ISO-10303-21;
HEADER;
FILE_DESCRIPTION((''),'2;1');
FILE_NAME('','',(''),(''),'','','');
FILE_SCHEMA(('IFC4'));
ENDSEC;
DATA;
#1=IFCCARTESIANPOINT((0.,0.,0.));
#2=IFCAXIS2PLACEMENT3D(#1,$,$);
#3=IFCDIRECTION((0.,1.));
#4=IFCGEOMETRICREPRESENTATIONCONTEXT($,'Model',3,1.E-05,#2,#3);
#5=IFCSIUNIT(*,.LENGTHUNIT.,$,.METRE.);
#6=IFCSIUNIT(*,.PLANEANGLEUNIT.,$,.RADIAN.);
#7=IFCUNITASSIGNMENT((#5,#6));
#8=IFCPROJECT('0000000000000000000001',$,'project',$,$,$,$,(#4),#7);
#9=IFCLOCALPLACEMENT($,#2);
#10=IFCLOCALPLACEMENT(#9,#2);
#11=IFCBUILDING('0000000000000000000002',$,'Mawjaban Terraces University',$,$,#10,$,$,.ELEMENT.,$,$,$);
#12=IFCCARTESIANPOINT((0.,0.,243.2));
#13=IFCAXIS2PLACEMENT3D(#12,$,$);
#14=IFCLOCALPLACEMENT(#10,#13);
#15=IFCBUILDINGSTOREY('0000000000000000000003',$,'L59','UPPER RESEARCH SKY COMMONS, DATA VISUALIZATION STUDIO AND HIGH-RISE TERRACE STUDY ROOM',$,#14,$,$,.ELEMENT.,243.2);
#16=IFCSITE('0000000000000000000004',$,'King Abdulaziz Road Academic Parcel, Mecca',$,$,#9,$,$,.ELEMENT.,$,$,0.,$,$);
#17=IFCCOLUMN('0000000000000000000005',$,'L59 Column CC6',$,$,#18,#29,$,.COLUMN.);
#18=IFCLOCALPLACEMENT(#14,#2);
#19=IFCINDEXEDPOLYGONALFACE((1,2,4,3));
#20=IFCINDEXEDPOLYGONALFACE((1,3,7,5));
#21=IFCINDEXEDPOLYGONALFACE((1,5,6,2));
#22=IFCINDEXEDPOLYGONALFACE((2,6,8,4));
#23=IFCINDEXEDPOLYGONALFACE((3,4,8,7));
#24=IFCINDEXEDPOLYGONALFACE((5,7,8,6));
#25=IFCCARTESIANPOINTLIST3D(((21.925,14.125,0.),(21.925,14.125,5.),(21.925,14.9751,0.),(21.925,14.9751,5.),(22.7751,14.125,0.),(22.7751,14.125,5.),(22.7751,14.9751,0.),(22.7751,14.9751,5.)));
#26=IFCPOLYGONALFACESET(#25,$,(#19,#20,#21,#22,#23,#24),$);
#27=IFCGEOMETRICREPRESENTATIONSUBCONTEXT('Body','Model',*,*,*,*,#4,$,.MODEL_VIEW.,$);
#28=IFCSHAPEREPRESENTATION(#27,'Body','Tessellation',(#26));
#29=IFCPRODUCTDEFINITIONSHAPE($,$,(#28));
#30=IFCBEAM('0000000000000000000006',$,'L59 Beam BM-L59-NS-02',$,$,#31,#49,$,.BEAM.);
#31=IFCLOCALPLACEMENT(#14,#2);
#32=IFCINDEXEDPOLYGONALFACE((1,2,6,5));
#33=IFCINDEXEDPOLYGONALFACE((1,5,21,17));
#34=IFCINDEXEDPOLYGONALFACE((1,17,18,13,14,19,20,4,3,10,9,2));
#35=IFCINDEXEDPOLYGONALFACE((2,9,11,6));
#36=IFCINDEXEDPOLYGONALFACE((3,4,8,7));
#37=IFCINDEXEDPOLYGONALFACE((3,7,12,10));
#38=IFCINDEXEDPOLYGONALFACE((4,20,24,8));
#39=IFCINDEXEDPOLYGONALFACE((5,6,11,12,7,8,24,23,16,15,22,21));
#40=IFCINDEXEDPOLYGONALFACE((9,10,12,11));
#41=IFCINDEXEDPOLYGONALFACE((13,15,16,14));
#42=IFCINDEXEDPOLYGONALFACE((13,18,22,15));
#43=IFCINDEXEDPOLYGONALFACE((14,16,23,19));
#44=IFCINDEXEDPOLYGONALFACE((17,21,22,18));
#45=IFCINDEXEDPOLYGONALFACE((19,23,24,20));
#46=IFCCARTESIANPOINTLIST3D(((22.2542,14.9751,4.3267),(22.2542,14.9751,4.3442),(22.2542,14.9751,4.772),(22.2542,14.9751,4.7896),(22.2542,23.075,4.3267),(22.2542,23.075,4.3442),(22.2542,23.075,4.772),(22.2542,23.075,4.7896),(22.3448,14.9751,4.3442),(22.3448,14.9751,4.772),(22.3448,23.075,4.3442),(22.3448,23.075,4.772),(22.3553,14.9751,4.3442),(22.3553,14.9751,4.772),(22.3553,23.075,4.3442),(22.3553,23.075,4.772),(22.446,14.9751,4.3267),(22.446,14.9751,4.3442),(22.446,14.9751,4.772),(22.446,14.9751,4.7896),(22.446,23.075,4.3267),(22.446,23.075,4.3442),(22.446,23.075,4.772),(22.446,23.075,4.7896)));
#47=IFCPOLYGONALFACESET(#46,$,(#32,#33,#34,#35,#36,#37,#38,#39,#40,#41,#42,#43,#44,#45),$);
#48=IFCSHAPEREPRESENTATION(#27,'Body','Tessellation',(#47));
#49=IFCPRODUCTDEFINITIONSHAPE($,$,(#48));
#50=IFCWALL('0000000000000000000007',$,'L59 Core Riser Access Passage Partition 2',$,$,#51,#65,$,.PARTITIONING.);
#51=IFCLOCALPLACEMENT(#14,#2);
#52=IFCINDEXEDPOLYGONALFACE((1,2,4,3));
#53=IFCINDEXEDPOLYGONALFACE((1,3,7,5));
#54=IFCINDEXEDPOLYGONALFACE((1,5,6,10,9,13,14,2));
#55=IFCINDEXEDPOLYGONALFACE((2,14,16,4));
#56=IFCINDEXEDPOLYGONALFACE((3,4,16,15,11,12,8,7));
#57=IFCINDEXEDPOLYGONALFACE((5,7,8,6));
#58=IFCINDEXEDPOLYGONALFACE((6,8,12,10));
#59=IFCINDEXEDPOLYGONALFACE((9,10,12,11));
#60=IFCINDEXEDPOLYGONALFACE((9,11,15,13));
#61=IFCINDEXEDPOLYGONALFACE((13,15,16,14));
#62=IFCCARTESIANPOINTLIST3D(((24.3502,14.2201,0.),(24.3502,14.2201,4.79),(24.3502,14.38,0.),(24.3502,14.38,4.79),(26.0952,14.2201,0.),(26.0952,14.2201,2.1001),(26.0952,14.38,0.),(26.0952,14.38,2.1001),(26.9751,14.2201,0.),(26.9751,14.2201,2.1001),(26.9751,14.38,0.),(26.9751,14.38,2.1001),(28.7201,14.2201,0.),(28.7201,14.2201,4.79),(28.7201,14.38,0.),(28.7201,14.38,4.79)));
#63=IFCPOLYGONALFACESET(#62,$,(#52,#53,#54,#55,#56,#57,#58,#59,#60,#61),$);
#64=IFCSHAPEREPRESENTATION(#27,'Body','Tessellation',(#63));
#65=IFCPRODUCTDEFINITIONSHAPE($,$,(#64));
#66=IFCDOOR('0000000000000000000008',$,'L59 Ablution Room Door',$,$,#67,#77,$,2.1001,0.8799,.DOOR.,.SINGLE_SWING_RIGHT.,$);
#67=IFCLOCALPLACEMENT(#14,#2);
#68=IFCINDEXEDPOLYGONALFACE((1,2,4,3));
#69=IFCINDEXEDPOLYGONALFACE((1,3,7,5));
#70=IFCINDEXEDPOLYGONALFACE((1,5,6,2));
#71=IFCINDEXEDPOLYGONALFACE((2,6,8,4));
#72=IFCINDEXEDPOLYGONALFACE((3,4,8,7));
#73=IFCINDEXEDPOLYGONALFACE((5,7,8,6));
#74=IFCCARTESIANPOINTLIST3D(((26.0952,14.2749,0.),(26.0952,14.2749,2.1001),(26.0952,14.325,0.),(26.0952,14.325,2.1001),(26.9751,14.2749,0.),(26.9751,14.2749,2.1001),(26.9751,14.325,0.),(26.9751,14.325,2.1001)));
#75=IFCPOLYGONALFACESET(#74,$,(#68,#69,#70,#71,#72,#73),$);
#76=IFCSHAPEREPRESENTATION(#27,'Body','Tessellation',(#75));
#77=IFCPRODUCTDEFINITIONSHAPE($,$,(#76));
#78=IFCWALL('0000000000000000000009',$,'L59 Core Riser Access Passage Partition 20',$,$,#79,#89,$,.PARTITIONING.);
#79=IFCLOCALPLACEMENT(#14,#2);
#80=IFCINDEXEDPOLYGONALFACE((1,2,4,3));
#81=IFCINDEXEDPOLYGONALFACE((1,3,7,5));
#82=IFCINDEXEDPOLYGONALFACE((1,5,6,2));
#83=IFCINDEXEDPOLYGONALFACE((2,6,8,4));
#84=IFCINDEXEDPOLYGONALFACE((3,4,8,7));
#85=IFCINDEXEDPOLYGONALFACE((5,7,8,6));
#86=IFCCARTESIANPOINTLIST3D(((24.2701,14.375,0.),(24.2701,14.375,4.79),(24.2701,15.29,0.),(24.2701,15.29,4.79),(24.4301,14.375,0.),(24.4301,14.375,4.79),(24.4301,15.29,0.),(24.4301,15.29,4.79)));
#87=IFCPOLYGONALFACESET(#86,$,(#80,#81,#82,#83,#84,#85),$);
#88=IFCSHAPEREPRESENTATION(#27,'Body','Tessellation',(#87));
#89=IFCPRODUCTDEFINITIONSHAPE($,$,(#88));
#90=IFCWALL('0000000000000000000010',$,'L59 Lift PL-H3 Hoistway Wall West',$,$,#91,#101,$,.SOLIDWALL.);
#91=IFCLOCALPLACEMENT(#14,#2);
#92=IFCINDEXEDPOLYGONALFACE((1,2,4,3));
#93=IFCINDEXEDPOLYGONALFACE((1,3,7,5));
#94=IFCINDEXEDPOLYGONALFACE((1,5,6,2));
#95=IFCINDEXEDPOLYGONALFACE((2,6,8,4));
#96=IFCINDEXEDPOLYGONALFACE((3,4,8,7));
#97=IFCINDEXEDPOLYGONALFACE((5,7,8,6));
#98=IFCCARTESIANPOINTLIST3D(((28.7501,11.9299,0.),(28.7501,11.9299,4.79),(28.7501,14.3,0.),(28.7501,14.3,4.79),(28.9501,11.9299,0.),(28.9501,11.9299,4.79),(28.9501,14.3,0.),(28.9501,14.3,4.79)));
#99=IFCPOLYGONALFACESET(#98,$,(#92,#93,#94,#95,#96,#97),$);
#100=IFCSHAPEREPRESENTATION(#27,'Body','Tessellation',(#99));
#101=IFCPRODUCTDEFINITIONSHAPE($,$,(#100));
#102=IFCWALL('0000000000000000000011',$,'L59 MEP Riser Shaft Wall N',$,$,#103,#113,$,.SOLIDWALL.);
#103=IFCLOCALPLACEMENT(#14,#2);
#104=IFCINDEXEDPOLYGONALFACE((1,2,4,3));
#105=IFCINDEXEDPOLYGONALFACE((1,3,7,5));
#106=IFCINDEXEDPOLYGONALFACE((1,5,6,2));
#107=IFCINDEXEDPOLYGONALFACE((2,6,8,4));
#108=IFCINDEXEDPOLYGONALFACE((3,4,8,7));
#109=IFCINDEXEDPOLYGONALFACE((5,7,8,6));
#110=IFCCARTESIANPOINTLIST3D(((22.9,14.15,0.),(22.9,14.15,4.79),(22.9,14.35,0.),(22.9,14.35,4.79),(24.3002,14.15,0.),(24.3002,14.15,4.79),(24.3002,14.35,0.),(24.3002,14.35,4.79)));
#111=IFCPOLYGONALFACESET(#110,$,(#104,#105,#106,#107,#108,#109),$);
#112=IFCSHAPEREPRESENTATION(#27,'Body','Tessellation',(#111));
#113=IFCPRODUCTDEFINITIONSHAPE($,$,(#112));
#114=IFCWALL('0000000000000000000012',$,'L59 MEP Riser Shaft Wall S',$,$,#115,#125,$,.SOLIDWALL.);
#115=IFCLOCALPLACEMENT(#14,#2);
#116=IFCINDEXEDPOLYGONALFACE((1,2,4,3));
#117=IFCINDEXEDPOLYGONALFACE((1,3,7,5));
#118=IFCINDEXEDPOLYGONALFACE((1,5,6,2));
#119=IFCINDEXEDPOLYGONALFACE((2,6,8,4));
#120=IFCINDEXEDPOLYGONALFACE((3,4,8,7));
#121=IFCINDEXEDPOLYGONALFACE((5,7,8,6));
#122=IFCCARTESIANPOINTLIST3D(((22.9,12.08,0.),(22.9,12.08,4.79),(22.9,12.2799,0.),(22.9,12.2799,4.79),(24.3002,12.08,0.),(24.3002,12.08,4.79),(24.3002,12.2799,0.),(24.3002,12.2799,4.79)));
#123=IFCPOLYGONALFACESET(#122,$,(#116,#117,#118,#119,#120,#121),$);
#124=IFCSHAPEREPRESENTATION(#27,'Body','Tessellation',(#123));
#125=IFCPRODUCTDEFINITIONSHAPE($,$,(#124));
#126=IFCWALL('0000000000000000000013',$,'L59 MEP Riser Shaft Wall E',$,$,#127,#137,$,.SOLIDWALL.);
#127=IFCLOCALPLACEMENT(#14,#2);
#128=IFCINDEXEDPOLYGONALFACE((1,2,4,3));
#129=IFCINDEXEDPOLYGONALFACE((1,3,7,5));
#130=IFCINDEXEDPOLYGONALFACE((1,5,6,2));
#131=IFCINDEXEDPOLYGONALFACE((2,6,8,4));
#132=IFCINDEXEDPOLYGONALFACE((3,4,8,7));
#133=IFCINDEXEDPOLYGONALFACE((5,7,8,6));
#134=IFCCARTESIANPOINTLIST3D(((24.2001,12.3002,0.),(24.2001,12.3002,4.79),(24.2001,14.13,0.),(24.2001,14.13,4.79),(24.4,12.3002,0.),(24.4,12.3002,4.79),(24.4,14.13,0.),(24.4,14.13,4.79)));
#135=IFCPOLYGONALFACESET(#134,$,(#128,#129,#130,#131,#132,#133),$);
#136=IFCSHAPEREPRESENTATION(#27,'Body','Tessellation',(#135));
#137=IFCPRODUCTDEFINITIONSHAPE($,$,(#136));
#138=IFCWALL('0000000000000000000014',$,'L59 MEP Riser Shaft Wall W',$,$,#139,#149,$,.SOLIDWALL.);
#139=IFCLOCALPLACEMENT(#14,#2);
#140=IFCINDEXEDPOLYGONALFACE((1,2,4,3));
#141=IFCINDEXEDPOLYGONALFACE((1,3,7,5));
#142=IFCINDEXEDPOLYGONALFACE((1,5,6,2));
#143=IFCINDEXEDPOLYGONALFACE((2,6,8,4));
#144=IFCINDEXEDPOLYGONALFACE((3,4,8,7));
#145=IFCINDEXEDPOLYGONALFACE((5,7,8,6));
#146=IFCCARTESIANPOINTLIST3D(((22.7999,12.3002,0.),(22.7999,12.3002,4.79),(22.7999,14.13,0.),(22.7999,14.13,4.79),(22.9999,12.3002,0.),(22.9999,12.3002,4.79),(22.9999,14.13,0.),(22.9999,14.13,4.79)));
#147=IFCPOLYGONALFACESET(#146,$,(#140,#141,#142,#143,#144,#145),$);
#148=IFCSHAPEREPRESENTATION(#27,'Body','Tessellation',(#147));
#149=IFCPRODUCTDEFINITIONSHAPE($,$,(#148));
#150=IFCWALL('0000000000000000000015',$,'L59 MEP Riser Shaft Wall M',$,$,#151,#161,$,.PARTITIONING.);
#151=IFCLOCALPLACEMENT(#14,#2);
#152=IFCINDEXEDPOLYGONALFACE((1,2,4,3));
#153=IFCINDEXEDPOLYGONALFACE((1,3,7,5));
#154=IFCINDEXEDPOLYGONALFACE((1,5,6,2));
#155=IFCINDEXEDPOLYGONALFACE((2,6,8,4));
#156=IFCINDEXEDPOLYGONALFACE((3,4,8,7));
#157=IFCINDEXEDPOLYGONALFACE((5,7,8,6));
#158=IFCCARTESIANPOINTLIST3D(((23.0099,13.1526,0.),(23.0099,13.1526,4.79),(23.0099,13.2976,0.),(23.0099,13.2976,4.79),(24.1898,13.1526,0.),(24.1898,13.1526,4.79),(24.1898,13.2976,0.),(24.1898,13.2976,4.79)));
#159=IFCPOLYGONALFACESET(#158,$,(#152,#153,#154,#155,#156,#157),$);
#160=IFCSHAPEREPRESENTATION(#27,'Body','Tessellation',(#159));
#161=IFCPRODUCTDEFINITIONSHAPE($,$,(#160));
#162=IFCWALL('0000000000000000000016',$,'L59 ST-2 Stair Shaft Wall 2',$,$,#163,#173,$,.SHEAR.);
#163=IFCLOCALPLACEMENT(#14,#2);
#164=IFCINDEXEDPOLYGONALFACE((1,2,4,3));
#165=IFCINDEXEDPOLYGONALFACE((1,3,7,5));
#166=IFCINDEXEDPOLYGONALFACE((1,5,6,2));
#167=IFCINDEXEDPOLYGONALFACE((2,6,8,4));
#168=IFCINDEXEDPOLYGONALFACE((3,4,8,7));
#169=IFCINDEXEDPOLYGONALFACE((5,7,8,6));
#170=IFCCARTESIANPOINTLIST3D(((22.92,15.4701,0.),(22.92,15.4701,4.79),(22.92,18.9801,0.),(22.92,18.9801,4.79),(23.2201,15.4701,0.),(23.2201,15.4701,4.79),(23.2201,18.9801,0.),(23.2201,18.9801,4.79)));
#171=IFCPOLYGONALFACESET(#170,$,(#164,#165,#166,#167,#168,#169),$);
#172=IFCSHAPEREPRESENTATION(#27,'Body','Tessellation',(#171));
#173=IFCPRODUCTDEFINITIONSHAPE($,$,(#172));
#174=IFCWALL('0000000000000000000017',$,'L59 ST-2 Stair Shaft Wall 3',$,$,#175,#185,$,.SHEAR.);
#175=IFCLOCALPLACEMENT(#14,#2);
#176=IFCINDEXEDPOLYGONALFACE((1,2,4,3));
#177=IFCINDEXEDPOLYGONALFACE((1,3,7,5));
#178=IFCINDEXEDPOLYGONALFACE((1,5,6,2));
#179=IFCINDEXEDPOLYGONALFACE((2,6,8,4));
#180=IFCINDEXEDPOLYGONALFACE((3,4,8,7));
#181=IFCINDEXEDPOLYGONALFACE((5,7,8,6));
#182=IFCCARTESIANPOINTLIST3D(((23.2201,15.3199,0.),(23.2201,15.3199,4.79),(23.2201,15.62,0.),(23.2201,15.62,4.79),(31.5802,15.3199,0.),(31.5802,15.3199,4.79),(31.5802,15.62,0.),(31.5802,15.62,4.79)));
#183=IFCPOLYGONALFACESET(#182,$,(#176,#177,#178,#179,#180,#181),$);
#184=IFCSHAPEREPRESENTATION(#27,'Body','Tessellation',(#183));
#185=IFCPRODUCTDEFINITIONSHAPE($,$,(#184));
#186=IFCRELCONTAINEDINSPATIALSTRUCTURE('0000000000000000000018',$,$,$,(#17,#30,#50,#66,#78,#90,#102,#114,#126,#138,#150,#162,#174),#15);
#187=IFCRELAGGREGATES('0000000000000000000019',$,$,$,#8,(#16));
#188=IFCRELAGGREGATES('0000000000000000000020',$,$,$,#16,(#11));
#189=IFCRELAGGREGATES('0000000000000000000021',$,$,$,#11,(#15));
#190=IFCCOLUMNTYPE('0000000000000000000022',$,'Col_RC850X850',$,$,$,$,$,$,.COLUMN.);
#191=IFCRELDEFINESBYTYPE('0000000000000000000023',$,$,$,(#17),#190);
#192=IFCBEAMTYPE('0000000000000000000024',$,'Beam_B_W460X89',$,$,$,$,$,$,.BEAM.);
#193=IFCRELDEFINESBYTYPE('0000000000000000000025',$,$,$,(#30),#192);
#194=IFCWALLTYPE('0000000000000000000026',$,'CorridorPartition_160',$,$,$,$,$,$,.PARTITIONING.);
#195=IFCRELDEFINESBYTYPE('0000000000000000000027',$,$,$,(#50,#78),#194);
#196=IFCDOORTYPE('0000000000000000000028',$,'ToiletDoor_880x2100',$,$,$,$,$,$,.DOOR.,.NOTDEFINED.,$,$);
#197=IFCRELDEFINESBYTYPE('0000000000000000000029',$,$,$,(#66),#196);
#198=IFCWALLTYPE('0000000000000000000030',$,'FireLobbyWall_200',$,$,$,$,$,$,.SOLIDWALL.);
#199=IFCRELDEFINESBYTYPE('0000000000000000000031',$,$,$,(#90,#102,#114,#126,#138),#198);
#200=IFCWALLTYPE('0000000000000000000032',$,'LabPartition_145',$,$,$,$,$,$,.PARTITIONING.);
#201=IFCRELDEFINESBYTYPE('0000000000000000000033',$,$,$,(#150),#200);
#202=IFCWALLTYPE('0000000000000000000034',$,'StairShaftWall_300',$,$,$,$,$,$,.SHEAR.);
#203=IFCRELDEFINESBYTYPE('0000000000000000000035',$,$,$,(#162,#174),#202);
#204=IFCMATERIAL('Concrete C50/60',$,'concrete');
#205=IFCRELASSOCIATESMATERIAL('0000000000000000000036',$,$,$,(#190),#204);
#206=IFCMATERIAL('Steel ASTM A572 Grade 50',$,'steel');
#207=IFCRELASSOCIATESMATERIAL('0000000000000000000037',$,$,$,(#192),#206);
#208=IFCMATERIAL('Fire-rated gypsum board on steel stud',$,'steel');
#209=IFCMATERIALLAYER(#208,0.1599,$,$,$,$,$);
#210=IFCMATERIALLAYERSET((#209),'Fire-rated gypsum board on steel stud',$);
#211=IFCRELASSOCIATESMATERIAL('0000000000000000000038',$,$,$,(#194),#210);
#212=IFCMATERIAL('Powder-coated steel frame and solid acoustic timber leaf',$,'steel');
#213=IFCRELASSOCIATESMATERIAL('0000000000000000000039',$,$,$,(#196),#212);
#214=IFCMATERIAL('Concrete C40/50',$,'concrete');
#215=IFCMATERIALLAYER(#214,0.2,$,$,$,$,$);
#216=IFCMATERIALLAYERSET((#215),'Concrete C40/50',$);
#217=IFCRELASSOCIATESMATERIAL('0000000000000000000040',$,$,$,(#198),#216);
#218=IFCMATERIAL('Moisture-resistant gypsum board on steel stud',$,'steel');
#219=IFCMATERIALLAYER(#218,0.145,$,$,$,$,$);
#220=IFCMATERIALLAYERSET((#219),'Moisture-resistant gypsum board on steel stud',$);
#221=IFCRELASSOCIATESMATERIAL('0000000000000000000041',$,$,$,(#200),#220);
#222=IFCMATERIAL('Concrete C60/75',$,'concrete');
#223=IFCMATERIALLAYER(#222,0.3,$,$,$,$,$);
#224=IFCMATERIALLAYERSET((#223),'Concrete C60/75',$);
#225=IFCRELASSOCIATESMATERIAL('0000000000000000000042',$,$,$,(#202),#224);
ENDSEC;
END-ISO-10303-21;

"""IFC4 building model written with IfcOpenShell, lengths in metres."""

from ifc_helpers import new_model, si_unit, direction, frame, frame_2d, origin, origin_2d, place, context, subcontext, project, spatial, rectangle, i_section, extrude, material, layer, layer_set, material_profile, profile_set, type_object, element, fill, save


model = new_model("IFC4")

# Units and contexts
model_context = context("Model", 3, precision=1e-05, world=origin(), true_north=direction((0.0, 1.0)))
body_context = subcontext(model_context, "Body", "Model", "MODEL_VIEW")
ifc_project = project(units=[si_unit("LENGTHUNIT", "METRE"), si_unit("PLANEANGLEUNIT", "RADIAN")], contexts=[model_context])

# Site, building, storey
site_placement = place(None, origin())
site = spatial("IfcSite", under=ifc_project, at=site_placement, Name="King Abdulaziz Road Academic Parcel, Mecca", CompositionType="ELEMENT", RefElevation=0.0)
building_placement = place(site_placement, origin())
building = spatial("IfcBuilding", under=site, at=building_placement, Name="Mawjaban Terraces University", CompositionType="ELEMENT")
storey_placement = place(building_placement, frame((0.0, 0.0, 243.2)))
storey = spatial("IfcBuildingStorey", under=building, at=storey_placement, Name="L59", Description="UPPER RESEARCH SKY COMMONS, DATA VISUALIZATION STUDIO AND HIGH-RISE TERRACE STUDY ROOM", CompositionType="ELEMENT", Elevation=243.2)

# Column
ifc_material_1 = material(Name="Concrete C50/60", Category="concrete")
ifc_material_profile_1 = material_profile(ifc_material_1, rectangle(XDim=0.8501, YDim=0.8501, at=origin_2d()), Name="RC850X850")
ifc_profile_set_1 = profile_set([ifc_material_profile_1], Name="Concrete C50/60")
column_type = type_object("IfcColumnType", Name="Col_RC850X850", PredefinedType="COLUMN", material=ifc_profile_set_1)
column_placement = place(storey_placement, frame((22.3501, 14.55, 0.0), z_axis=(0.0, 0.0, 1.0), x_axis=(1.0, 0.0, 0.0)))
element("IfcColumn", 1, at=column_placement, inside=storey, type_object=column_type, Name="L59 Column CC6", PredefinedType="COLUMN", context=body_context, shape_type="SweptSolid", body=[
    extrude(rectangle(XDim=0.8501, YDim=0.8501, at=origin_2d()), origin(), (0.0, 0.0, 1.0), 5.0),
])

# Beam
ifc_material_2 = material(Name="Steel ASTM A572 Grade 50", Category="steel")
ifc_material_profile_2 = material_profile(ifc_material_2, i_section(OverallWidth=0.1919, OverallDepth=0.4629, WebThickness=0.0105, FlangeThickness=0.0176, at=origin_2d()), Name="W460X89")
ifc_profile_set_2 = profile_set([ifc_material_profile_2], Name="Steel ASTM A572 Grade 50")
beam_type = type_object("IfcBeamType", Name="Beam_B_W460X89", PredefinedType="BEAM", material=ifc_profile_set_2)
beam_placement = place(storey_placement, frame((22.3501, 14.9751, 4.5581), z_axis=(0.0, 1.0, 0.0), x_axis=(-1.0, 0.0, 0.0)))
element("IfcBeam", 2, at=beam_placement, inside=storey, type_object=beam_type, Name="L59 Beam BM-L59-NS-02", PredefinedType="BEAM", context=body_context, shape_type="SweptSolid", body=[
    extrude(i_section(OverallWidth=0.1919, OverallDepth=0.4629, WebThickness=0.0105, FlangeThickness=0.0176, at=origin_2d()), origin(), (0.0, 0.0, 1.0), 8.0999),
])

# Wall, opening, door
ifc_material_3 = material(Name="Fire-rated gypsum board on steel stud", Category="steel")
ifc_layer_1 = layer(ifc_material_3, 0.1599)
ifc_layer_set_1 = layer_set([ifc_layer_1], Name="Fire-rated gypsum board on steel stud")
wall_type_1 = type_object("IfcWallType", Name="CorridorPartition_160", PredefinedType="PARTITIONING", material=ifc_layer_set_1)
wall_1_placement = place(storey_placement, frame((24.3501, 14.3, 0.0), z_axis=(0.0, 0.0, 1.0), x_axis=(1.0, 0.0, 0.0)))
wall_1 = element("IfcWall", 3, at=wall_1_placement, inside=storey, type_object=wall_type_1, Name="L59 Core Riser Access Passage Partition 2", PredefinedType="PARTITIONING", context=body_context, shape_type="SweptSolid", body=[
    extrude(rectangle(XDim=4.3699, YDim=0.1599, at=frame_2d((2.1851, 0.0))), origin(), (0.0, 0.0, 1.0), 4.79),
])
opening_placement = place(wall_1_placement, frame((1.7451, 0.0, 0.0)))
opening = element("IfcOpeningElement", 4, at=opening_placement, cuts=wall_1, PredefinedType="OPENING", context=body_context, shape_type="SweptSolid", body=[
    extrude(rectangle(XDim=0.8799, YDim=2.1001, at=frame_2d((0.4399, 1.05))), frame((0.0, 0.0898, 0.0), z_axis=(0.0, -1.0, 0.0), x_axis=(1.0, 0.0, 0.0)), (0.0, 0.0, 1.0), 0.1799),
])
ifc_material_4 = material(Name="Powder-coated steel frame and solid acoustic timber leaf", Category="steel")
door_type = type_object("IfcDoorType", Name="ToiletDoor_880x2100", OperationType="NOTDEFINED", PredefinedType="DOOR", material=ifc_material_4)
door_placement = place(opening_placement, origin())
door = element("IfcDoor", 5, at=door_placement, inside=storey, type_object=door_type, Name="L59 Ablution Room Door", OperationType="SINGLE_SWING_RIGHT", OverallHeight=2.1001, OverallWidth=0.8799, PredefinedType="DOOR", context=body_context, shape_type="SweptSolid", body=[
    extrude(rectangle(XDim=0.8799, YDim=2.1001, at=frame_2d((0.4399, 1.05))), frame((0.0, 0.0249, 0.0), z_axis=(0.0, -1.0, 0.0), x_axis=(1.0, 0.0, 0.0)), (0.0, 0.0, 1.0), 0.05),
])
fill(opening, door)

# Walls
wall_2_placement = place(storey_placement, frame((24.3501, 15.29, 0.0), z_axis=(0.0, 0.0, 1.0), x_axis=(0.0, -1.0, 0.0)))
element("IfcWall", 6, at=wall_2_placement, inside=storey, type_object=wall_type_1, Name="L59 Core Riser Access Passage Partition 20", PredefinedType="PARTITIONING", context=body_context, shape_type="SweptSolid", body=[
    extrude(rectangle(XDim=0.915, YDim=0.1599, at=frame_2d((0.4575, 0.0))), origin(), (0.0, 0.0, 1.0), 4.79),
])
ifc_material_5 = material(Name="Concrete C40/50", Category="concrete")
ifc_layer_2 = layer(ifc_material_5, 0.2)
ifc_layer_set_2 = layer_set([ifc_layer_2], Name="Concrete C40/50")
wall_type_2 = type_object("IfcWallType", Name="FireLobbyWall_200", PredefinedType="SOLIDWALL", material=ifc_layer_set_2)
wall_3_placement = place(storey_placement, frame((28.8501, 14.3, 0.0), z_axis=(0.0, 0.0, 1.0), x_axis=(0.0, -1.0, 0.0)))
element("IfcWall", 7, at=wall_3_placement, inside=storey, type_object=wall_type_2, Name="L59 Lift PL-H3 Hoistway Wall West", PredefinedType="SOLIDWALL", context=body_context, shape_type="SweptSolid", body=[
    extrude(rectangle(XDim=2.3701, YDim=0.2, at=frame_2d((1.1851, 0.0))), origin(), (0.0, 0.0, 1.0), 4.79),
])
for number, where, z_axis, x_axis, name in (
    (8, (22.8999, 14.25, 0.0), (0.0, 0.0, 1.0), (1.0, 0.0, 0.0), "L59 MEP Riser Shaft Wall N"),
    (9, (22.8999, 12.1799, 0.0), (0.0, 0.0, 1.0), (1.0, 0.0, 0.0), "L59 MEP Riser Shaft Wall S"),
):
    element("IfcWall", number, at=place(storey_placement, frame(where, z_axis=z_axis, x_axis=x_axis)), inside=storey, type_object=wall_type_2, Name=name, PredefinedType="SOLIDWALL", context=body_context, shape_type="SweptSolid", body=[
        extrude(rectangle(XDim=1.4001, YDim=0.2, at=frame_2d((0.7002, 0.0))), origin(), (0.0, 0.0, 1.0), 4.79),
    ])
for number, where, z_axis, x_axis, name in (
    (10, (24.3, 12.3, 0.0), (0.0, 0.0, 1.0), (0.0, 1.0, 0.0), "L59 MEP Riser Shaft Wall E"),
    (11, (22.8999, 12.3, 0.0), (0.0, 0.0, 1.0), (0.0, 1.0, 0.0), "L59 MEP Riser Shaft Wall W"),
):
    element("IfcWall", number, at=place(storey_placement, frame(where, z_axis=z_axis, x_axis=x_axis)), inside=storey, type_object=wall_type_2, Name=name, PredefinedType="SOLIDWALL", context=body_context, shape_type="SweptSolid", body=[
        extrude(rectangle(XDim=1.8298, YDim=0.2, at=frame_2d((0.915, 0.0))), origin(), (0.0, 0.0, 1.0), 4.79),
    ])
ifc_material_6 = material(Name="Moisture-resistant gypsum board on steel stud", Category="steel")
ifc_layer_3 = layer(ifc_material_6, 0.145)
ifc_layer_set_3 = layer_set([ifc_layer_3], Name="Moisture-resistant gypsum board on steel stud")
wall_type_3 = type_object("IfcWallType", Name="LabPartition_145", PredefinedType="PARTITIONING", material=ifc_layer_set_3)
wall_4_placement = place(storey_placement, frame((23.01, 13.2251, 0.0), z_axis=(0.0, 0.0, 1.0), x_axis=(1.0, 0.0, 0.0)))
element("IfcWall", 12, at=wall_4_placement, inside=storey, type_object=wall_type_3, Name="L59 MEP Riser Shaft Wall M", PredefinedType="PARTITIONING", context=body_context, shape_type="SweptSolid", body=[
    extrude(rectangle(XDim=1.1799, YDim=0.145, at=frame_2d((0.5898, 0.0))), origin(), (0.0, 0.0, 1.0), 4.79),
])
ifc_material_7 = material(Name="Concrete C60/75", Category="concrete")
ifc_layer_4 = layer(ifc_material_7, 0.3)
ifc_layer_set_4 = layer_set([ifc_layer_4], Name="Concrete C60/75")
wall_type_4 = type_object("IfcWallType", Name="StairShaftWall_300", PredefinedType="SHEAR", material=ifc_layer_set_4)
wall_5_placement = place(storey_placement, frame((23.0701, 18.98, 0.0), z_axis=(0.0, 0.0, 1.0), x_axis=(0.0, -1.0, 0.0)))
element("IfcWall", 13, at=wall_5_placement, inside=storey, type_object=wall_type_4, Name="L59 ST-2 Stair Shaft Wall 2", PredefinedType="SHEAR", context=body_context, shape_type="SweptSolid", body=[
    extrude(rectangle(XDim=3.51, YDim=0.3, at=frame_2d((1.7549, 0.0))), origin(), (0.0, 0.0, 1.0), 4.79),
])
wall_6_placement = place(storey_placement, frame((23.22, 15.47, 0.0), z_axis=(0.0, 0.0, 1.0), x_axis=(1.0, 0.0, 0.0)))
element("IfcWall", 14, at=wall_6_placement, inside=storey, type_object=wall_type_4, Name="L59 ST-2 Stair Shaft Wall 3", PredefinedType="SHEAR", context=body_context, shape_type="SweptSolid", body=[
    extrude(rectangle(XDim=8.3601, YDim=0.3, at=frame_2d((4.1802, 0.0))), origin(), (0.0, 0.0, 1.0), 4.79),
])

save(model, "model.ifc")
